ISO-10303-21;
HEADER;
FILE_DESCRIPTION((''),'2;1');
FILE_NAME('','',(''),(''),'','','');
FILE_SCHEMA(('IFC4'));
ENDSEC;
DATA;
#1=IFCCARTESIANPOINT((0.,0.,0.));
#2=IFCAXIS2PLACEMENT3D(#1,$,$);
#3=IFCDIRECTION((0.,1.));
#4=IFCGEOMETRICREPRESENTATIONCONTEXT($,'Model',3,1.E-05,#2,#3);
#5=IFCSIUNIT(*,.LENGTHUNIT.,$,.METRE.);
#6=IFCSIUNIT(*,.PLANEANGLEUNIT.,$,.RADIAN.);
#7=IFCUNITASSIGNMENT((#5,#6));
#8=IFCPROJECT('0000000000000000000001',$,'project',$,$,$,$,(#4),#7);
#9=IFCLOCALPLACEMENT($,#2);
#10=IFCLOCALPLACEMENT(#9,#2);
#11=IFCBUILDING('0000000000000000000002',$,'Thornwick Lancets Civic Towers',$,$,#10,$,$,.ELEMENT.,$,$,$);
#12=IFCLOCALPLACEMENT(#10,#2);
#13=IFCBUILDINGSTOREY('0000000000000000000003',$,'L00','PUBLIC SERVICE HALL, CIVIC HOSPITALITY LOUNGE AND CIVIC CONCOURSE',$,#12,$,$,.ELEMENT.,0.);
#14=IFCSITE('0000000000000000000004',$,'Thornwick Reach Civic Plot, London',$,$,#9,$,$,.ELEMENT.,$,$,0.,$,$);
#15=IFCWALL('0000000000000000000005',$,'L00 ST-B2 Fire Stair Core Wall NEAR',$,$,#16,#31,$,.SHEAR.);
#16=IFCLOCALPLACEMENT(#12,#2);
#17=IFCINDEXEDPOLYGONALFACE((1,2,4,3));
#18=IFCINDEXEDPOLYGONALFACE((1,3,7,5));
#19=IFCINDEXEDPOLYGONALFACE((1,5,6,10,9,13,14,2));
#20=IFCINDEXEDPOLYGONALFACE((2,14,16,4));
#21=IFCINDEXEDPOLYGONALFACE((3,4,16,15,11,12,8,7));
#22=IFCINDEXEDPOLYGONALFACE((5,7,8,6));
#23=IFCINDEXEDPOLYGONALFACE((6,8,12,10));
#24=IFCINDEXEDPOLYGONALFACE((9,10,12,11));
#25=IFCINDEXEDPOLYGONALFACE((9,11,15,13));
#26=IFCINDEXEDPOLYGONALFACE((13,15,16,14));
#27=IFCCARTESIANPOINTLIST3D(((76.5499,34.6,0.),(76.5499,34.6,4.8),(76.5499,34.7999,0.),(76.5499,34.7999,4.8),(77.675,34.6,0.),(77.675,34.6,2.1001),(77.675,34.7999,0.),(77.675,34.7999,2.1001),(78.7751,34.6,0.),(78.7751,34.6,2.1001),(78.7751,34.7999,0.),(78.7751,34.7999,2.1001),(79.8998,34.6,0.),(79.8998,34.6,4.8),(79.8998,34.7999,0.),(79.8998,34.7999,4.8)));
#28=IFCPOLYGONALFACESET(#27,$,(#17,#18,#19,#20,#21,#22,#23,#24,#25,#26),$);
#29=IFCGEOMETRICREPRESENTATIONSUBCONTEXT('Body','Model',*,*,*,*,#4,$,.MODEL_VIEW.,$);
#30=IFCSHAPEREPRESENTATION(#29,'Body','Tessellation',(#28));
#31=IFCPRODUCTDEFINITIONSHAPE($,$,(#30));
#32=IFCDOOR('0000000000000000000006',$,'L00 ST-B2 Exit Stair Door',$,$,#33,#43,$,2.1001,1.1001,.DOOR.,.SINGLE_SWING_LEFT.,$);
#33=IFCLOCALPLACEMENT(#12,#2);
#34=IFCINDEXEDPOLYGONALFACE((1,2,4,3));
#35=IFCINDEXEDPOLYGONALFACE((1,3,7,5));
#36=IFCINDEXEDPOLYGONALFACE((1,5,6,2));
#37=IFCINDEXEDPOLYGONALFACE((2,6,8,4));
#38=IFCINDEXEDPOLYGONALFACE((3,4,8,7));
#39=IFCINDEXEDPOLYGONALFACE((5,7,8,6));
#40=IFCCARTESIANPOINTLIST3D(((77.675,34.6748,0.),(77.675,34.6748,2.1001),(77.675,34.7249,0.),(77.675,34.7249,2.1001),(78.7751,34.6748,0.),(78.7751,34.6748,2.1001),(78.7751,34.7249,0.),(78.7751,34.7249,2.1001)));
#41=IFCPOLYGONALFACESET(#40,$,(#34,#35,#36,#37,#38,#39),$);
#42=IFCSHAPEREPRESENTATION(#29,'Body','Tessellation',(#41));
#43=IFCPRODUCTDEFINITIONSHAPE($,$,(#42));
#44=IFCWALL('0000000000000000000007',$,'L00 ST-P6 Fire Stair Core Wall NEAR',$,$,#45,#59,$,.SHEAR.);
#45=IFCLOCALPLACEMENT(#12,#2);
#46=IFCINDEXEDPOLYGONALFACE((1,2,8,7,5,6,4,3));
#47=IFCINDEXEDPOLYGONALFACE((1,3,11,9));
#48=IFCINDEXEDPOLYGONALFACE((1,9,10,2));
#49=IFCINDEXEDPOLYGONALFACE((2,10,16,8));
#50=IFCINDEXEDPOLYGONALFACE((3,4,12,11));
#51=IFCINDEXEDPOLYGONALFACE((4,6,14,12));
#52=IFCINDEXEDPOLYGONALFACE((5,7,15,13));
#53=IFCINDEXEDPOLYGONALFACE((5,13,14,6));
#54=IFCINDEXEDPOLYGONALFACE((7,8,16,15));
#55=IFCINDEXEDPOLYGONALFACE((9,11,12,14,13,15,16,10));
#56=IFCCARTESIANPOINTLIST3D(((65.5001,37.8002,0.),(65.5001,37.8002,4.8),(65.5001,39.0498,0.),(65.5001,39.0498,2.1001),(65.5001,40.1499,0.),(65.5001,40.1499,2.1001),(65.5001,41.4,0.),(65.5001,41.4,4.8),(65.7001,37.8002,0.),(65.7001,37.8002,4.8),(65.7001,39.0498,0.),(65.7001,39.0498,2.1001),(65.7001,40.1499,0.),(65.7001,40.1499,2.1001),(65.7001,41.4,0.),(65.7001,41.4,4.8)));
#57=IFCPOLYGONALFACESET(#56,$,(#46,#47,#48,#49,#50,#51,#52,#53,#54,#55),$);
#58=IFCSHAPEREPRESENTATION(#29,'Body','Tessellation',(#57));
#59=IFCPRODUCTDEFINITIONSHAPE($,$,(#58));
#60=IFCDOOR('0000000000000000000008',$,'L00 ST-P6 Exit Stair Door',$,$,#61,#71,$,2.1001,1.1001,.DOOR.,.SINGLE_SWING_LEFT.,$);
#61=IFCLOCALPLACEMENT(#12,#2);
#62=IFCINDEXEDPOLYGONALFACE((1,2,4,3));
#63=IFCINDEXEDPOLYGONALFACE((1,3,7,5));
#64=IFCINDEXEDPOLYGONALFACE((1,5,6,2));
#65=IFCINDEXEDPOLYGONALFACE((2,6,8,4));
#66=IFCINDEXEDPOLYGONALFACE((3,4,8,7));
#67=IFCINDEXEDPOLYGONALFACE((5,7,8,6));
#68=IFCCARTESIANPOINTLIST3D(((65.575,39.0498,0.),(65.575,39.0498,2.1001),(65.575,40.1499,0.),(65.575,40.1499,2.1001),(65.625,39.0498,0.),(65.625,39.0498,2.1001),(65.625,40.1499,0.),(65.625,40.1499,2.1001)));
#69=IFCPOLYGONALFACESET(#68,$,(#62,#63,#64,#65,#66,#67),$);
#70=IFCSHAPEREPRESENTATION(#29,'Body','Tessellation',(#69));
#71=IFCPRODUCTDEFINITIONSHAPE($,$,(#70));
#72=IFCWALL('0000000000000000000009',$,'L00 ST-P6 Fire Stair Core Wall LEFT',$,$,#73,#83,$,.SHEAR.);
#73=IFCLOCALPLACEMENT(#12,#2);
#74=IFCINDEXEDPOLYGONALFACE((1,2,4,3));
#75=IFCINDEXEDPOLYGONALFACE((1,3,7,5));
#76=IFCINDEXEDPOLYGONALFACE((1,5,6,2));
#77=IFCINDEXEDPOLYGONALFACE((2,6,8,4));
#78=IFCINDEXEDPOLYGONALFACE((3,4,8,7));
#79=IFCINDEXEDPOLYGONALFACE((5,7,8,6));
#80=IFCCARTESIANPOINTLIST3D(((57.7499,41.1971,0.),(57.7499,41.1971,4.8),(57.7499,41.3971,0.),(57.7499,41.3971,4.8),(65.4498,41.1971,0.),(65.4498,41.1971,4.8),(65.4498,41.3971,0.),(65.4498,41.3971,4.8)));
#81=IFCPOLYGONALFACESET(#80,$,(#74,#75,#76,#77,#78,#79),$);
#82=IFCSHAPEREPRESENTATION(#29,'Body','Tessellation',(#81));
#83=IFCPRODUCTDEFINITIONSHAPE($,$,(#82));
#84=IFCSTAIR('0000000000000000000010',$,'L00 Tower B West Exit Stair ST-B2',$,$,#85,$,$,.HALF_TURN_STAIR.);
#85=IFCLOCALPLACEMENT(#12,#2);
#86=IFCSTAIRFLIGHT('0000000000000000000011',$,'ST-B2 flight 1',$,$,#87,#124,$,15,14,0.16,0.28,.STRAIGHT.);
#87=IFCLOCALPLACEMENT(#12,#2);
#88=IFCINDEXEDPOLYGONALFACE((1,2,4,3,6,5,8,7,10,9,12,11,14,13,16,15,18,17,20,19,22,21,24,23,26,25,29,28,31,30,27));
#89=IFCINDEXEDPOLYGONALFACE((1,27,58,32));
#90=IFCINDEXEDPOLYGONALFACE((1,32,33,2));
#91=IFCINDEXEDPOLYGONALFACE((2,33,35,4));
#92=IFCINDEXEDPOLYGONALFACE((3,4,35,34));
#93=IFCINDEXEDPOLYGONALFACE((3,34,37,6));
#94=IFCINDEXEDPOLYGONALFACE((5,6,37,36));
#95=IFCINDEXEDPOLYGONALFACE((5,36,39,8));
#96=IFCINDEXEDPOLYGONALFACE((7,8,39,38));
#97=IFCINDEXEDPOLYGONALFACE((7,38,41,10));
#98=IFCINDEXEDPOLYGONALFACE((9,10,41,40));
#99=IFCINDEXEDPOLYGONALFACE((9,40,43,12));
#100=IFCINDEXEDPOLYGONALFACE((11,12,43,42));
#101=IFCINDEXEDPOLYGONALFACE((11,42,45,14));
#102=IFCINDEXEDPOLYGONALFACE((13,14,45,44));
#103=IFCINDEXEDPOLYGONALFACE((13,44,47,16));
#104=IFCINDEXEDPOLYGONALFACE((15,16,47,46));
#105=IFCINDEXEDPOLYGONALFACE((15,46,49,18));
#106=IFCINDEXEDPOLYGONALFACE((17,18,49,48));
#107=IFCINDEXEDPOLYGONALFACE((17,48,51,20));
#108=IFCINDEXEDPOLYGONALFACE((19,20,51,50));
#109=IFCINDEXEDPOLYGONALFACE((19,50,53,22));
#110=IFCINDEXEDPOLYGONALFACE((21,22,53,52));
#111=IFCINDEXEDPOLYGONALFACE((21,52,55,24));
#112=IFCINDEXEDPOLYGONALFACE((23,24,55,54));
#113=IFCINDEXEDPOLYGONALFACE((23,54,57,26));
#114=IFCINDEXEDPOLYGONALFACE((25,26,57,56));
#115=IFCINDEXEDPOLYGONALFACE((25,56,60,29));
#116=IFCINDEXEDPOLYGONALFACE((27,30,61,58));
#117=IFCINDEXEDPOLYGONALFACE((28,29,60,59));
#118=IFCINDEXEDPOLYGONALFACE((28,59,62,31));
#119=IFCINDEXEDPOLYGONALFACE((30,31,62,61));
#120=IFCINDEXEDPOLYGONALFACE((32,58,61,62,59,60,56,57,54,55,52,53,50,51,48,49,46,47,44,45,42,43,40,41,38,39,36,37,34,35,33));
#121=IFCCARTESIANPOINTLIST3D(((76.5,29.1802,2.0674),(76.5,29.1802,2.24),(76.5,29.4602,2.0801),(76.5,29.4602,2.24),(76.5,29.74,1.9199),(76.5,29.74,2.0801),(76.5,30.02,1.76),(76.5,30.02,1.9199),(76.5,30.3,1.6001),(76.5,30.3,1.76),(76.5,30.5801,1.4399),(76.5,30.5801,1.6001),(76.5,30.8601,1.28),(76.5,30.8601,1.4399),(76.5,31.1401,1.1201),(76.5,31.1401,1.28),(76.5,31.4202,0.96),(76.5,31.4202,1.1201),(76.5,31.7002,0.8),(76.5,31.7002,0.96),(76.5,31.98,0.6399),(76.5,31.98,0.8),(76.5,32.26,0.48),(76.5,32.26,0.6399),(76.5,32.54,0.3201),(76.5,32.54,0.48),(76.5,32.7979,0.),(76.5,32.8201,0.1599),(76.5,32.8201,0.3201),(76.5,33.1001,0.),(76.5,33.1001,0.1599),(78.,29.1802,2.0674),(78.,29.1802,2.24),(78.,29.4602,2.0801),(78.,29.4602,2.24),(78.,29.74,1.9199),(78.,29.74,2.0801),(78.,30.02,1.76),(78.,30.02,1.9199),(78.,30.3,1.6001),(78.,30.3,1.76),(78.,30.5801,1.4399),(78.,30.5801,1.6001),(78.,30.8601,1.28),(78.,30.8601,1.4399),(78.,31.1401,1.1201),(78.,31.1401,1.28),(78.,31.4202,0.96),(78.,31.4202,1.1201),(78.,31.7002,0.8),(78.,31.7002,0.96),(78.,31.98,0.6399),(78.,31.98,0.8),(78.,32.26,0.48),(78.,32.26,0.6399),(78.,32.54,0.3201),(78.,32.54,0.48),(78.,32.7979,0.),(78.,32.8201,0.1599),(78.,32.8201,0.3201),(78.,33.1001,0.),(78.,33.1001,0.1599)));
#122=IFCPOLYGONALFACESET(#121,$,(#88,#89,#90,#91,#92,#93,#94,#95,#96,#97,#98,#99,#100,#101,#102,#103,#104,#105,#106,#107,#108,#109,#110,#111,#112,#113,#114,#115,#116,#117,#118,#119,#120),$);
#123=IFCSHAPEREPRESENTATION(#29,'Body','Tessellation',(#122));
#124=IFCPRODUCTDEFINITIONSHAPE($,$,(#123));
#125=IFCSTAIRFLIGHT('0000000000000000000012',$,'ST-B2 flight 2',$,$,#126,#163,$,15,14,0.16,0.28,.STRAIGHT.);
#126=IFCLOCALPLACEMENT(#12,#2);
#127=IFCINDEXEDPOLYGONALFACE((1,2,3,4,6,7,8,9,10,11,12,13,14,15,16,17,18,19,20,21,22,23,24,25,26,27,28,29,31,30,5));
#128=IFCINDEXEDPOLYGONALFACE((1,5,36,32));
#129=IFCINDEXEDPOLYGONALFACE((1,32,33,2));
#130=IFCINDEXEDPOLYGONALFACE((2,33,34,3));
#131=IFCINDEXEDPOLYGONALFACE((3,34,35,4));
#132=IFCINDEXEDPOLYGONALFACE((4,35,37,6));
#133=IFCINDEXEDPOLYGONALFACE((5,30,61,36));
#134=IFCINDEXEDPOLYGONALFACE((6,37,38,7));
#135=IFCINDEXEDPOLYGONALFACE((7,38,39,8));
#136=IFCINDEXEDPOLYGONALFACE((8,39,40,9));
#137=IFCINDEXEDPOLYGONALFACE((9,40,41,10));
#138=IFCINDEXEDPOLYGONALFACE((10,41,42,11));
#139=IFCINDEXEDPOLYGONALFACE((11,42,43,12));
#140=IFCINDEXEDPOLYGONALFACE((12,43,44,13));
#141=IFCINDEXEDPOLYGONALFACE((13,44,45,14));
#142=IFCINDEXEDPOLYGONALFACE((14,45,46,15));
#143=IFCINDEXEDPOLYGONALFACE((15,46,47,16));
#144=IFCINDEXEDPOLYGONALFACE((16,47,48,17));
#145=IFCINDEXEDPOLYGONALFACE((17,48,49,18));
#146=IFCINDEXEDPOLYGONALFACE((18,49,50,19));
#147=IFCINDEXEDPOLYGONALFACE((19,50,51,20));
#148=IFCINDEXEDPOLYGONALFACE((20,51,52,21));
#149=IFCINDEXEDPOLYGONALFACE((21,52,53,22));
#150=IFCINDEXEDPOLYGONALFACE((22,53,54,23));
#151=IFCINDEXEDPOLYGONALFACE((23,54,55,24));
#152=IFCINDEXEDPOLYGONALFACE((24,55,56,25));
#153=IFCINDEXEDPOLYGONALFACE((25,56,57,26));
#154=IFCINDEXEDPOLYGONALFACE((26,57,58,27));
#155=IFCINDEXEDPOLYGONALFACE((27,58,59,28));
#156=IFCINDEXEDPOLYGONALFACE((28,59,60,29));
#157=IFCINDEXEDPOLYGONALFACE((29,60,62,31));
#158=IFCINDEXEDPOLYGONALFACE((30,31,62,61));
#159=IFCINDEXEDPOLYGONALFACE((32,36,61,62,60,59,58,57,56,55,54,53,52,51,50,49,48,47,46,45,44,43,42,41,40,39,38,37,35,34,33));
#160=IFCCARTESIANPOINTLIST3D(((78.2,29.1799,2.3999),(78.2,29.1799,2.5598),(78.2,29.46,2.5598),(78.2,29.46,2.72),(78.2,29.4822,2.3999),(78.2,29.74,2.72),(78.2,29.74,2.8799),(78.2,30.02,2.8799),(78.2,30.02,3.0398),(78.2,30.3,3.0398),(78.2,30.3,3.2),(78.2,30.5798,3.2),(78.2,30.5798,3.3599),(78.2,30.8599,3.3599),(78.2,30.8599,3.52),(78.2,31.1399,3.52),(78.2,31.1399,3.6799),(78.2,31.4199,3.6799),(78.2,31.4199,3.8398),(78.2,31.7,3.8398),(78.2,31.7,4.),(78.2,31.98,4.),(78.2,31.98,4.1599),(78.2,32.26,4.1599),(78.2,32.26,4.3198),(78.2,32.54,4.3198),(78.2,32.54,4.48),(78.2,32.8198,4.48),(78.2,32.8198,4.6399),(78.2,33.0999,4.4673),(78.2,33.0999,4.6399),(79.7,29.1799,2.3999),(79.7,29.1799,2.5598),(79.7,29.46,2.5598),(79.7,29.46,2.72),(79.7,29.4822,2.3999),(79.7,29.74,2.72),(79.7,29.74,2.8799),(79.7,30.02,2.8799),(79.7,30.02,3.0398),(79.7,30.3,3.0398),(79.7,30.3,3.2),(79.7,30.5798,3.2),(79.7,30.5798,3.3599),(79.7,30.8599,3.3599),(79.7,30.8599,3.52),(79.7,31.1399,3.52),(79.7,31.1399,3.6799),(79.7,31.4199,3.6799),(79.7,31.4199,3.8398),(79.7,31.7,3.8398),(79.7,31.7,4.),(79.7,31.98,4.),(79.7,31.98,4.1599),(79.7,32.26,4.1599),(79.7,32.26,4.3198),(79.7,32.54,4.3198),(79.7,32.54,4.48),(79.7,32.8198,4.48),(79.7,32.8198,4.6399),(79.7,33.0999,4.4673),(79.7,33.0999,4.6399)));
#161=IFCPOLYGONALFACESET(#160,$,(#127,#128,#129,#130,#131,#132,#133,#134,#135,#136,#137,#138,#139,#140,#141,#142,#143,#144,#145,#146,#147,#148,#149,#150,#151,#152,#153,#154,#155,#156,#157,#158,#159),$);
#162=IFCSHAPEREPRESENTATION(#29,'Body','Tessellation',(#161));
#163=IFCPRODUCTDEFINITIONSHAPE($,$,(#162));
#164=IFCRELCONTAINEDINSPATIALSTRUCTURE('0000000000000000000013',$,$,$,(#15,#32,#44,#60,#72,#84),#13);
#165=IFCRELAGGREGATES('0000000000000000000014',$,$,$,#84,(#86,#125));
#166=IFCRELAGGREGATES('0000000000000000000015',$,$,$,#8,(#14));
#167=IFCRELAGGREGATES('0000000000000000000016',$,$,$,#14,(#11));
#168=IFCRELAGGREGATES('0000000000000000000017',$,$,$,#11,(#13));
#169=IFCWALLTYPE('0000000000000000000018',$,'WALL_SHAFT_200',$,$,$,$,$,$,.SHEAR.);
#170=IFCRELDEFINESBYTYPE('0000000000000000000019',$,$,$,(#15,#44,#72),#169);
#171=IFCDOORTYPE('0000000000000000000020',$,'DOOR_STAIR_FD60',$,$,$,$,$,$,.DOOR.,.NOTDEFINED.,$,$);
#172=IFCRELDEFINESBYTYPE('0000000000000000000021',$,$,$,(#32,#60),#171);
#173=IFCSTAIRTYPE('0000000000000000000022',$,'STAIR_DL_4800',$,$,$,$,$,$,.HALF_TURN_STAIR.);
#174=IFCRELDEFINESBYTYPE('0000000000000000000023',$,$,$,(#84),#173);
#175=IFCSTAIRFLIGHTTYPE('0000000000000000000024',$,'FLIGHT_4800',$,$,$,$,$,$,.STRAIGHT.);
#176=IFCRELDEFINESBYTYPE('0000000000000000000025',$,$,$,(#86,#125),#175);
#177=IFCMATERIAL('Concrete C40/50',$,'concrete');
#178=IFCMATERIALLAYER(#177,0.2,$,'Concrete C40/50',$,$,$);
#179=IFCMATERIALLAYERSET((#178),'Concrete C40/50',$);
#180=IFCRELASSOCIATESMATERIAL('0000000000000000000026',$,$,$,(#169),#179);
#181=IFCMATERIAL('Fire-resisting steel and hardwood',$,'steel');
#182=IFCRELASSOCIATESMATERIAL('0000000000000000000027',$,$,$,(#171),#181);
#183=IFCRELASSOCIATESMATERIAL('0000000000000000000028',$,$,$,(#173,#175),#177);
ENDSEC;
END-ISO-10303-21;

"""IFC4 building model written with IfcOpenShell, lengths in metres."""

from ifc_helpers import new_model, si_unit, direction, frame, frame_2d, origin, place, context, subcontext, project, spatial, polyline, rectangle, outline, extrude, material, layer, layer_set, type_object, element, fill, aggregate, save


model = new_model("IFC4")

# Units and contexts
model_context = context("Model", 3, precision=1e-05, world=origin(), true_north=direction((0.0, 1.0)))
body_context = subcontext(model_context, "Body", "Model", "MODEL_VIEW")
ifc_project = project(units=[si_unit("LENGTHUNIT", "METRE"), si_unit("PLANEANGLEUNIT", "RADIAN")], contexts=[model_context])

# Site, building, storey
site_placement = place(None, origin())
site = spatial("IfcSite", under=ifc_project, at=site_placement, Name="Thornwick Reach Civic Plot, London", CompositionType="ELEMENT", RefElevation=0.0)
building_placement = place(site_placement, origin())
building = spatial("IfcBuilding", under=site, at=building_placement, Name="Thornwick Lancets Civic Towers", CompositionType="ELEMENT")
storey_placement = place(building_placement, origin())
storey = spatial("IfcBuildingStorey", under=building, at=storey_placement, Name="L00", Description="PUBLIC SERVICE HALL, CIVIC HOSPITALITY LOUNGE AND CIVIC CONCOURSE", CompositionType="ELEMENT", Elevation=0.0)

# Walls, openings, doors
ifc_material_1 = material(Name="Concrete C40/50", Category="concrete")
ifc_layer_1 = layer(ifc_material_1, 0.2, Name="Concrete C40/50")
ifc_layer_set_1 = layer_set([ifc_layer_1], Name="Concrete C40/50")
wall_type_1 = type_object("IfcWallType", Name="WALL_SHAFT_200", PredefinedType="SHEAR", material=ifc_layer_set_1)
wall_1_placement = place(storey_placement, frame((76.55, 34.7, 0.0), z_axis=(0.0, 0.0, 1.0), x_axis=(1.0, 0.0, 0.0)))
wall_1 = element("IfcWall", 1, at=wall_1_placement, inside=storey, type_object=wall_type_1, Name="L00 ST-B2 Fire Stair Core Wall NEAR", PredefinedType="SHEAR", context=body_context, shape_type="SweptSolid", body=[
    extrude(rectangle(XDim=3.3499, YDim=0.2, at=frame_2d((1.6748, 0.0))), origin(), (0.0, 0.0, 1.0), 4.8),
])
opening_1_placement = place(wall_1_placement, frame((1.125, 0.0, 0.0)))
opening_1 = element("IfcOpeningElement", 2, at=opening_1_placement, cuts=wall_1, PredefinedType="OPENING", context=body_context, shape_type="SweptSolid", body=[
    extrude(rectangle(XDim=1.1001, YDim=2.1001, at=frame_2d((0.55, 1.05))), frame((0.0, 0.1099, 0.0), z_axis=(0.0, -1.0, 0.0), x_axis=(1.0, 0.0, 0.0)), (0.0, 0.0, 1.0), 0.22),
])
ifc_material_2 = material(Name="Fire-resisting steel and hardwood", Category="steel")
door_type_1 = type_object("IfcDoorType", Name="DOOR_STAIR_FD60", OperationType="NOTDEFINED", PredefinedType="DOOR", material=ifc_material_2)
door_1_placement = place(opening_1_placement, origin())
door_1 = element("IfcDoor", 3, at=door_1_placement, inside=storey, type_object=door_type_1, Name="L00 ST-B2 Exit Stair Door", OperationType="SINGLE_SWING_LEFT", OverallHeight=2.1001, OverallWidth=1.1001, PredefinedType="DOOR", context=body_context, shape_type="SweptSolid", body=[
    extrude(rectangle(XDim=1.1001, YDim=2.1001, at=frame_2d((0.55, 1.05))), frame((0.0, 0.0249, 0.0), z_axis=(0.0, -1.0, 0.0), x_axis=(1.0, 0.0, 0.0)), (0.0, 0.0, 1.0), 0.05),
])
fill(opening_1, door_1)
wall_2_placement = place(storey_placement, frame((65.6001, 41.3999, 0.0), z_axis=(0.0, 0.0, 1.0), x_axis=(0.0, -1.0, 0.0)))
wall_2 = element("IfcWall", 4, at=wall_2_placement, inside=storey, type_object=wall_type_1, Name="L00 ST-P6 Fire Stair Core Wall NEAR", PredefinedType="SHEAR", context=body_context, shape_type="SweptSolid", body=[
    extrude(rectangle(XDim=3.5999, YDim=0.2, at=frame_2d((1.7998, 0.0))), origin(), (0.0, 0.0, 1.0), 4.8),
])
opening_2_placement = place(wall_2_placement, frame((1.25, 0.0, 0.0)))
opening_2 = element("IfcOpeningElement", 5, at=opening_2_placement, cuts=wall_2, PredefinedType="OPENING", context=body_context, shape_type="SweptSolid", body=[
    extrude(rectangle(XDim=1.1001, YDim=2.1001, at=frame_2d((0.55, 1.05))), frame((0.0, 0.1099, 0.0), z_axis=(0.0, -1.0, 0.0), x_axis=(1.0, 0.0, 0.0)), (0.0, 0.0, 1.0), 0.22),
])
door_2_placement = place(opening_2_placement, origin())
door_2 = element("IfcDoor", 6, at=door_2_placement, inside=storey, type_object=door_type_1, Name="L00 ST-P6 Exit Stair Door", OperationType="SINGLE_SWING_LEFT", OverallHeight=2.1001, OverallWidth=1.1001, PredefinedType="DOOR", context=body_context, shape_type="SweptSolid", body=[
    extrude(rectangle(XDim=1.1001, YDim=2.1001, at=frame_2d((0.55, 1.05))), frame((0.0, 0.0249, 0.0), z_axis=(0.0, -1.0, 0.0), x_axis=(1.0, 0.0, 0.0)), (0.0, 0.0, 1.0), 0.05),
])
fill(opening_2, door_2)

# Wall
wall_3_placement = place(storey_placement, frame((65.45, 41.2971, 0.0), z_axis=(0.0, 0.0, 1.0), x_axis=(-1.0, 0.0, 0.0)))
element("IfcWall", 7, at=wall_3_placement, inside=storey, type_object=wall_type_1, Name="L00 ST-P6 Fire Stair Core Wall LEFT", PredefinedType="SHEAR", context=body_context, shape_type="SweptSolid", body=[
    extrude(rectangle(XDim=7.7, YDim=0.2, at=frame_2d((3.8501, 0.0))), origin(), (0.0, 0.0, 1.0), 4.8),
])

# Stair, stair flights
stair_type = type_object("IfcStairType", Name="STAIR_DL_4800", PredefinedType="HALF_TURN_STAIR", material=ifc_material_1)
stair_placement = place(storey_placement, origin())
stair = element("IfcStair", 8, at=stair_placement, inside=storey, type_object=stair_type, Name="L00 Tower B West Exit Stair ST-B2", PredefinedType="HALF_TURN_STAIR")
stair_flight_type = type_object("IfcStairFlightType", Name="FLIGHT_4800", PredefinedType="STRAIGHT", material=ifc_material_1)
stair_flight_1_placement = place(storey_placement, frame((77.25, 33.1001, 0.0), z_axis=(0.0, 0.0, 1.0), x_axis=(0.0, -1.0, 0.0)))
stair_flight_1 = element("IfcStairFlight", 9, at=stair_flight_1_placement, type_object=stair_flight_type, Name="ST-B2 flight 1", NumberOfRisers=15, NumberOfTreads=14, PredefinedType="STRAIGHT", RiserHeight=0.16, TreadLength=0.28, context=body_context, shape_type="SweptSolid", body=[
    extrude(outline(polyline([(0.0, 0.0), (0.0, 0.1599), (0.28, 0.1599), (0.28, 0.3201), (0.5601, 0.3201), (0.5601, 0.48), (0.8401, 0.48), (0.8401, 0.6399), (1.1201, 0.6399), (1.1201, 0.8), (1.3999, 0.8), (1.3999, 0.96), (1.6799, 0.96), (1.6799, 1.1201), (1.96, 1.1201), (1.96, 1.28), (2.24, 1.28), (2.24, 1.4399), (2.52, 1.4399), (2.52, 1.6001), (2.8, 1.6001), (2.8, 1.76), (3.0801, 1.76), (3.0801, 1.9199), (3.3601, 1.9199), (3.3601, 2.0801), (3.6399, 2.0801), (3.6399, 2.24), (3.9199, 2.24), (3.9199, 2.3999), (3.9199, 2.0674), (0.3022, 0.0), (0.0, 0.0)])), frame((0.0, 0.75, 0.0), z_axis=(0.0, -1.0, 0.0), x_axis=(1.0, 0.0, 0.0)), (0.0, 0.0, 1.0), 1.5),
])
stair_flight_2_placement = place(storey_placement, frame((78.95, 29.1799, 2.3999), z_axis=(0.0, 0.0, 1.0), x_axis=(0.0, 1.0, 0.0)))
stair_flight_2 = element("IfcStairFlight", 10, at=stair_flight_2_placement, type_object=stair_flight_type, Name="ST-B2 flight 2", NumberOfRisers=15, NumberOfTreads=14, PredefinedType="STRAIGHT", RiserHeight=0.16, TreadLength=0.28, context=body_context, shape_type="SweptSolid", body=[
    extrude(outline(polyline([(0.0, 0.0), (0.0, 0.1599), (0.28, 0.1599), (0.28, 0.3201), (0.5601, 0.3201), (0.5601, 0.48), (0.8401, 0.48), (0.8401, 0.6399), (1.1201, 0.6399), (1.1201, 0.8), (1.3999, 0.8), (1.3999, 0.96), (1.6799, 0.96), (1.6799, 1.1201), (1.96, 1.1201), (1.96, 1.28), (2.24, 1.28), (2.24, 1.4399), (2.52, 1.4399), (2.52, 1.6001), (2.8, 1.6001), (2.8, 1.76), (3.0801, 1.76), (3.0801, 1.9199), (3.3601, 1.9199), (3.3601, 2.0801), (3.6399, 2.0801), (3.6399, 2.24), (3.9199, 2.24), (3.9199, 2.3999), (3.9199, 2.0674), (0.3022, 0.0), (0.0, 0.0)])), frame((0.0, 0.75, 0.0), z_axis=(0.0, -1.0, 0.0), x_axis=(1.0, 0.0, 0.0)), (0.0, 0.0, 1.0), 1.5),
])
aggregate(stair, [stair_flight_1, stair_flight_2])

save(model, "model.ifc")
